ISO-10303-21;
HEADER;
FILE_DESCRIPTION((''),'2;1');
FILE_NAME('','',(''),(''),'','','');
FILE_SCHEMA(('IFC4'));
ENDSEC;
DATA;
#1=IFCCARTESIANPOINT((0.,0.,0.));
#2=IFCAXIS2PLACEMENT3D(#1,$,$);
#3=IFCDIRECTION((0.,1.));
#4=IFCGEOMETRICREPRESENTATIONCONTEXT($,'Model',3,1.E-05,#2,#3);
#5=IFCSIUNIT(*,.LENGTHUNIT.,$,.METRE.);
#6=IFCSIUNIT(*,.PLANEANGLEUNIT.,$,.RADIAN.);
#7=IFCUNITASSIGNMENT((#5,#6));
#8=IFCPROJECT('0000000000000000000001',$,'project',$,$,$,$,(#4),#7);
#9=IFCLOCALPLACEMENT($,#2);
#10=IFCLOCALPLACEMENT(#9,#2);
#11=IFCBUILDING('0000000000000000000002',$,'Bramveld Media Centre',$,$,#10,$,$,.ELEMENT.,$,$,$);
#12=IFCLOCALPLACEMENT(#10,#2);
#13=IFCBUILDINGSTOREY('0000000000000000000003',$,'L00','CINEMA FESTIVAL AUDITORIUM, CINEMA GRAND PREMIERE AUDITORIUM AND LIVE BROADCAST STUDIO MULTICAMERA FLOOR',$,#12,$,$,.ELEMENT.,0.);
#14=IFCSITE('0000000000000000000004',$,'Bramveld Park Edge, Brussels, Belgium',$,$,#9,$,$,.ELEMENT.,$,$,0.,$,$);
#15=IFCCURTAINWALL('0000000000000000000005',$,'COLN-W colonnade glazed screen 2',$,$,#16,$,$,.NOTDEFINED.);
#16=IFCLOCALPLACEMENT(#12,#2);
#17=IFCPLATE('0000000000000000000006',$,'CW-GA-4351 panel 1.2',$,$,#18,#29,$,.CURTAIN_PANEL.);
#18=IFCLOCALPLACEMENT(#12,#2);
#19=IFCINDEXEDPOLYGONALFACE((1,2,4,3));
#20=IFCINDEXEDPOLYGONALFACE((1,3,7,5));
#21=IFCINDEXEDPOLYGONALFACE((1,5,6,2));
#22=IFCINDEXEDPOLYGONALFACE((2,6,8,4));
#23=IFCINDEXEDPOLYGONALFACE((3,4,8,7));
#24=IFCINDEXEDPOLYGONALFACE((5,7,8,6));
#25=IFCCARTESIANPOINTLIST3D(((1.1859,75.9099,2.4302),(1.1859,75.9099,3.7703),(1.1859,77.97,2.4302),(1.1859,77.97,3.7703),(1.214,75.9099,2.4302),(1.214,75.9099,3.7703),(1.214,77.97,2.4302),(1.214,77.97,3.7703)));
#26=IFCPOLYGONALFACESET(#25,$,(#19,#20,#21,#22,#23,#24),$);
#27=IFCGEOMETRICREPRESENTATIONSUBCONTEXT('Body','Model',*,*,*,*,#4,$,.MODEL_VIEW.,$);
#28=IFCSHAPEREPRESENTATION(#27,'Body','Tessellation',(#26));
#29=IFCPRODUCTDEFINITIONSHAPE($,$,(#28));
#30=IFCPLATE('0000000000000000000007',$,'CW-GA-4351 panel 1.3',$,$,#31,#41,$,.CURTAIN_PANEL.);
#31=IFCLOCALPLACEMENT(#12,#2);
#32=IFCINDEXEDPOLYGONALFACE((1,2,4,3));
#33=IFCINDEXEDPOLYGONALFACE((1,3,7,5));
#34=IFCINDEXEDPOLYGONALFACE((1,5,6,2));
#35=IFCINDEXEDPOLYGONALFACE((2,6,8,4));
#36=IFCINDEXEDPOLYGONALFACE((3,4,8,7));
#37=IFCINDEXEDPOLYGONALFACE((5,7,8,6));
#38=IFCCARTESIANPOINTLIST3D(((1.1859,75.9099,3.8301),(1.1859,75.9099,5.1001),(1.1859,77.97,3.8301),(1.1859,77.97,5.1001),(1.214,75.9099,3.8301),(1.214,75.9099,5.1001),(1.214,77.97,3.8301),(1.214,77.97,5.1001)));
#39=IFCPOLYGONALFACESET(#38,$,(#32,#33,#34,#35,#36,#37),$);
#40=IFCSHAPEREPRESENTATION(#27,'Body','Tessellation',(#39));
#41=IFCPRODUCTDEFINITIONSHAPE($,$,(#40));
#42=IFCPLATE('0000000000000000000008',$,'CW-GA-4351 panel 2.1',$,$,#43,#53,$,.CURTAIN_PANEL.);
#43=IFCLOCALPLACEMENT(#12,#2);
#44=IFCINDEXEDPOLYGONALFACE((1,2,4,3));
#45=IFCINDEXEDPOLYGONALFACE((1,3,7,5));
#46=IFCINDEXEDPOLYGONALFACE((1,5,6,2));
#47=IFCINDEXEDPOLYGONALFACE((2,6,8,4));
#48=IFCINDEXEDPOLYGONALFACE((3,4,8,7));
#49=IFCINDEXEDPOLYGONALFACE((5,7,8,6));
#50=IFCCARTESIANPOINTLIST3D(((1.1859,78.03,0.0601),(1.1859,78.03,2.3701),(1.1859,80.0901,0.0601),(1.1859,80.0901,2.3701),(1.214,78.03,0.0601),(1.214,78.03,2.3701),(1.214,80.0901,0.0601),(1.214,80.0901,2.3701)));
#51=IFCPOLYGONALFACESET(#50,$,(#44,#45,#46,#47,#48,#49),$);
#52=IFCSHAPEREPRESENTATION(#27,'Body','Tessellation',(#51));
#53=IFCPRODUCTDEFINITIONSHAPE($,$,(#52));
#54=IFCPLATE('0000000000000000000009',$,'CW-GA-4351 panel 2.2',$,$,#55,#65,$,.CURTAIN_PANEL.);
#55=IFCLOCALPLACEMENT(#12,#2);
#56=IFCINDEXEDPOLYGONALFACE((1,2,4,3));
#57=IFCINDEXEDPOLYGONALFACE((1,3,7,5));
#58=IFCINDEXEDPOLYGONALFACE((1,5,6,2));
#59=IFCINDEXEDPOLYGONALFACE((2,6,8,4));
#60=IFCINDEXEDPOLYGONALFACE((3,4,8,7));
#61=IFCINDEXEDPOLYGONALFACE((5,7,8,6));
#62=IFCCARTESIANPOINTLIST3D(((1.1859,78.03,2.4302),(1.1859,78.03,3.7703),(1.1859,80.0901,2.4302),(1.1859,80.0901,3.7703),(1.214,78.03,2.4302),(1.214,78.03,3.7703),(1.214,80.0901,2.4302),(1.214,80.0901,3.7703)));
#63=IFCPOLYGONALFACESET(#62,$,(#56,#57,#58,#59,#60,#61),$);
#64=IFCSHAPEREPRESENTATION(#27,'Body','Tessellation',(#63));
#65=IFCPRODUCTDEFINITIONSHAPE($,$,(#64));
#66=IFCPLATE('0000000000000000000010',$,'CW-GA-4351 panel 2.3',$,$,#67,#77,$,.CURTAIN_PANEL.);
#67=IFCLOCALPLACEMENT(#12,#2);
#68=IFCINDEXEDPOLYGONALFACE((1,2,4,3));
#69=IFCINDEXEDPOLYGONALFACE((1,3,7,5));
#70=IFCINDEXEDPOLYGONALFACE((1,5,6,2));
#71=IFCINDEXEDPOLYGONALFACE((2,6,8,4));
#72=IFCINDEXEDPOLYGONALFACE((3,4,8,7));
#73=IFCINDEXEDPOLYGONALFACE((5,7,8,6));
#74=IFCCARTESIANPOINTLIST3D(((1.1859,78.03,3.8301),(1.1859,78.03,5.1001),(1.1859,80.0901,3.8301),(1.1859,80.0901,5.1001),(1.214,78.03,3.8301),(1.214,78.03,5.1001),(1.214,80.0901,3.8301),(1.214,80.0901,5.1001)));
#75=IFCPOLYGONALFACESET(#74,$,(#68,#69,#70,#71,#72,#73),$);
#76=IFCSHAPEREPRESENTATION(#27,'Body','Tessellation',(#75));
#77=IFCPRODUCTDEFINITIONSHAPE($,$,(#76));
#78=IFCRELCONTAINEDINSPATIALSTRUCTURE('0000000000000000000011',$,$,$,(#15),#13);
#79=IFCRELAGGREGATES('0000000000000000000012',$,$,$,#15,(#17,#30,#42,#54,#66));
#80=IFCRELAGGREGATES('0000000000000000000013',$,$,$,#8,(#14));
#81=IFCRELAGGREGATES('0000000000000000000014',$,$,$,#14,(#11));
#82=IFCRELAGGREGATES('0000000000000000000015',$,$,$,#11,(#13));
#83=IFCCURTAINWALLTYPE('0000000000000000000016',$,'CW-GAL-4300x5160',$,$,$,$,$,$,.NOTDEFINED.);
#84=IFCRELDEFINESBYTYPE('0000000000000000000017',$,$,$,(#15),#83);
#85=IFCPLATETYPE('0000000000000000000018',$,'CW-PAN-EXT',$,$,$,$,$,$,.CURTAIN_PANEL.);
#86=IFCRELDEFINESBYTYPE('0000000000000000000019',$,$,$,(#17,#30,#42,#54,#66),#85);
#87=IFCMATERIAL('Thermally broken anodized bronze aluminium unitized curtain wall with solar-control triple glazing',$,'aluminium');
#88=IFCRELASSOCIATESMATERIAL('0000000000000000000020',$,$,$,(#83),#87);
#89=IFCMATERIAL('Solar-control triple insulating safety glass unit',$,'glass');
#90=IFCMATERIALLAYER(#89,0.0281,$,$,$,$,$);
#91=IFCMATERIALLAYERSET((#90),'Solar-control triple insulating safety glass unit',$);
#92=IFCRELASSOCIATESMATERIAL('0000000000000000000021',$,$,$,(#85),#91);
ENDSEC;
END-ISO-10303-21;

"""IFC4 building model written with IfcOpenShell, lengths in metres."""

from ifc_helpers import new_model, si_unit, direction, frame, origin, origin_2d, place, context, subcontext, project, spatial, rectangle, extrude, material, layer, layer_set, type_object, element, aggregate, save


model = new_model("IFC4")

# Units and contexts
model_context = context("Model", 3, precision=1e-05, world=origin(), true_north=direction((0.0, 1.0)))
body_context = subcontext(model_context, "Body", "Model", "MODEL_VIEW")
ifc_project = project(units=[si_unit("LENGTHUNIT", "METRE"), si_unit("PLANEANGLEUNIT", "RADIAN")], contexts=[model_context])

# Site, building, storey
site_placement = place(None, origin())
site = spatial("IfcSite", under=ifc_project, at=site_placement, Name="Bramveld Park Edge, Brussels, Belgium", CompositionType="ELEMENT", RefElevation=0.0)
building_placement = place(site_placement, origin())
building = spatial("IfcBuilding", under=site, at=building_placement, Name="Bramveld Media Centre", CompositionType="ELEMENT")
storey_placement = place(building_placement, origin())
storey = spatial("IfcBuildingStorey", under=building, at=storey_placement, Name="L00", Description="CINEMA FESTIVAL AUDITORIUM, CINEMA GRAND PREMIERE AUDITORIUM AND LIVE BROADCAST STUDIO MULTICAMERA FLOOR", CompositionType="ELEMENT", Elevation=0.0)

# Curtain wall
ifc_material_1 = material(Name="Thermally broken anodized bronze aluminium unitized curtain wall with solar-control triple glazing", Category="aluminium")
curtain_wall_type_1 = type_object("IfcCurtainWallType", Name="CW-GAL-4300x5160", PredefinedType="NOTDEFINED", material=ifc_material_1)
curtain_wall_1_placement = place(storey_placement, origin())
curtain_wall_1 = element("IfcCurtainWall", 1, at=curtain_wall_1_placement, inside=storey, type_object=curtain_wall_type_1, Name="COLN-W colonnade glazed screen 2", PredefinedType="NOTDEFINED")

# Plates
ifc_material_2 = material(Name="Solar-control triple insulating safety glass unit", Category="glass")
ifc_layer = layer(ifc_material_2, 0.0281)
ifc_layer_set = layer_set([ifc_layer], Name="Solar-control triple insulating safety glass unit")
plate_type = type_object("IfcPlateType", Name="CW-PAN-EXT", PredefinedType="CURTAIN_PANEL", material=ifc_layer_set)
plate_1_placement = place(storey_placement, frame((1.2, 76.9399, 2.4302), z_axis=(0.0, 0.0, 1.0), x_axis=(0.0, 1.0, 0.0)))
plate_1 = element("IfcPlate", 2, at=plate_1_placement, type_object=plate_type, Name="CW-GA-4351 panel 1.2", PredefinedType="CURTAIN_PANEL", context=body_context, shape_type="SweptSolid", body=[
    extrude(rectangle(XDim=2.0601, YDim=0.0281, at=origin_2d()), origin(), (0.0, 0.0, 1.0), 1.3401),
])
plate_2_placement = place(storey_placement, frame((1.2, 76.9399, 3.8301), z_axis=(0.0, 0.0, 1.0), x_axis=(0.0, 1.0, 0.0)))
plate_2 = element("IfcPlate", 3, at=plate_2_placement, type_object=plate_type, Name="CW-GA-4351 panel 1.3", PredefinedType="CURTAIN_PANEL", context=body_context, shape_type="SweptSolid", body=[
    extrude(rectangle(XDim=2.0601, YDim=0.0281, at=origin_2d()), origin(), (0.0, 0.0, 1.0), 1.27),
])
plate_3_placement = place(storey_placement, frame((1.2, 79.0601, 0.0601), z_axis=(0.0, 0.0, 1.0), x_axis=(0.0, 1.0, 0.0)))
plate_3 = element("IfcPlate", 4, at=plate_3_placement, type_object=plate_type, Name="CW-GA-4351 panel 2.1", PredefinedType="CURTAIN_PANEL", context=body_context, shape_type="SweptSolid", body=[
    extrude(rectangle(XDim=2.0601, YDim=0.0281, at=origin_2d()), origin(), (0.0, 0.0, 1.0), 2.3101),
])
plate_4_placement = place(storey_placement, frame((1.2, 79.0601, 2.4302), z_axis=(0.0, 0.0, 1.0), x_axis=(0.0, 1.0, 0.0)))
plate_4 = element("IfcPlate", 5, at=plate_4_placement, type_object=plate_type, Name="CW-GA-4351 panel 2.2", PredefinedType="CURTAIN_PANEL", context=body_context, shape_type="SweptSolid", body=[
    extrude(rectangle(XDim=2.0601, YDim=0.0281, at=origin_2d()), origin(), (0.0, 0.0, 1.0), 1.3401),
])
plate_5_placement = place(storey_placement, frame((1.2, 79.0601, 3.8301), z_axis=(0.0, 0.0, 1.0), x_axis=(0.0, 1.0, 0.0)))
plate_5 = element("IfcPlate", 6, at=plate_5_placement, type_object=plate_type, Name="CW-GA-4351 panel 2.3", PredefinedType="CURTAIN_PANEL", context=body_context, shape_type="SweptSolid", body=[
    extrude(rectangle(XDim=2.0601, YDim=0.0281, at=origin_2d()), origin(), (0.0, 0.0, 1.0), 1.27),
])
aggregate(curtain_wall_1, [plate_1, plate_2, plate_3, plate_4, plate_5])

save(model, "model.ifc")
